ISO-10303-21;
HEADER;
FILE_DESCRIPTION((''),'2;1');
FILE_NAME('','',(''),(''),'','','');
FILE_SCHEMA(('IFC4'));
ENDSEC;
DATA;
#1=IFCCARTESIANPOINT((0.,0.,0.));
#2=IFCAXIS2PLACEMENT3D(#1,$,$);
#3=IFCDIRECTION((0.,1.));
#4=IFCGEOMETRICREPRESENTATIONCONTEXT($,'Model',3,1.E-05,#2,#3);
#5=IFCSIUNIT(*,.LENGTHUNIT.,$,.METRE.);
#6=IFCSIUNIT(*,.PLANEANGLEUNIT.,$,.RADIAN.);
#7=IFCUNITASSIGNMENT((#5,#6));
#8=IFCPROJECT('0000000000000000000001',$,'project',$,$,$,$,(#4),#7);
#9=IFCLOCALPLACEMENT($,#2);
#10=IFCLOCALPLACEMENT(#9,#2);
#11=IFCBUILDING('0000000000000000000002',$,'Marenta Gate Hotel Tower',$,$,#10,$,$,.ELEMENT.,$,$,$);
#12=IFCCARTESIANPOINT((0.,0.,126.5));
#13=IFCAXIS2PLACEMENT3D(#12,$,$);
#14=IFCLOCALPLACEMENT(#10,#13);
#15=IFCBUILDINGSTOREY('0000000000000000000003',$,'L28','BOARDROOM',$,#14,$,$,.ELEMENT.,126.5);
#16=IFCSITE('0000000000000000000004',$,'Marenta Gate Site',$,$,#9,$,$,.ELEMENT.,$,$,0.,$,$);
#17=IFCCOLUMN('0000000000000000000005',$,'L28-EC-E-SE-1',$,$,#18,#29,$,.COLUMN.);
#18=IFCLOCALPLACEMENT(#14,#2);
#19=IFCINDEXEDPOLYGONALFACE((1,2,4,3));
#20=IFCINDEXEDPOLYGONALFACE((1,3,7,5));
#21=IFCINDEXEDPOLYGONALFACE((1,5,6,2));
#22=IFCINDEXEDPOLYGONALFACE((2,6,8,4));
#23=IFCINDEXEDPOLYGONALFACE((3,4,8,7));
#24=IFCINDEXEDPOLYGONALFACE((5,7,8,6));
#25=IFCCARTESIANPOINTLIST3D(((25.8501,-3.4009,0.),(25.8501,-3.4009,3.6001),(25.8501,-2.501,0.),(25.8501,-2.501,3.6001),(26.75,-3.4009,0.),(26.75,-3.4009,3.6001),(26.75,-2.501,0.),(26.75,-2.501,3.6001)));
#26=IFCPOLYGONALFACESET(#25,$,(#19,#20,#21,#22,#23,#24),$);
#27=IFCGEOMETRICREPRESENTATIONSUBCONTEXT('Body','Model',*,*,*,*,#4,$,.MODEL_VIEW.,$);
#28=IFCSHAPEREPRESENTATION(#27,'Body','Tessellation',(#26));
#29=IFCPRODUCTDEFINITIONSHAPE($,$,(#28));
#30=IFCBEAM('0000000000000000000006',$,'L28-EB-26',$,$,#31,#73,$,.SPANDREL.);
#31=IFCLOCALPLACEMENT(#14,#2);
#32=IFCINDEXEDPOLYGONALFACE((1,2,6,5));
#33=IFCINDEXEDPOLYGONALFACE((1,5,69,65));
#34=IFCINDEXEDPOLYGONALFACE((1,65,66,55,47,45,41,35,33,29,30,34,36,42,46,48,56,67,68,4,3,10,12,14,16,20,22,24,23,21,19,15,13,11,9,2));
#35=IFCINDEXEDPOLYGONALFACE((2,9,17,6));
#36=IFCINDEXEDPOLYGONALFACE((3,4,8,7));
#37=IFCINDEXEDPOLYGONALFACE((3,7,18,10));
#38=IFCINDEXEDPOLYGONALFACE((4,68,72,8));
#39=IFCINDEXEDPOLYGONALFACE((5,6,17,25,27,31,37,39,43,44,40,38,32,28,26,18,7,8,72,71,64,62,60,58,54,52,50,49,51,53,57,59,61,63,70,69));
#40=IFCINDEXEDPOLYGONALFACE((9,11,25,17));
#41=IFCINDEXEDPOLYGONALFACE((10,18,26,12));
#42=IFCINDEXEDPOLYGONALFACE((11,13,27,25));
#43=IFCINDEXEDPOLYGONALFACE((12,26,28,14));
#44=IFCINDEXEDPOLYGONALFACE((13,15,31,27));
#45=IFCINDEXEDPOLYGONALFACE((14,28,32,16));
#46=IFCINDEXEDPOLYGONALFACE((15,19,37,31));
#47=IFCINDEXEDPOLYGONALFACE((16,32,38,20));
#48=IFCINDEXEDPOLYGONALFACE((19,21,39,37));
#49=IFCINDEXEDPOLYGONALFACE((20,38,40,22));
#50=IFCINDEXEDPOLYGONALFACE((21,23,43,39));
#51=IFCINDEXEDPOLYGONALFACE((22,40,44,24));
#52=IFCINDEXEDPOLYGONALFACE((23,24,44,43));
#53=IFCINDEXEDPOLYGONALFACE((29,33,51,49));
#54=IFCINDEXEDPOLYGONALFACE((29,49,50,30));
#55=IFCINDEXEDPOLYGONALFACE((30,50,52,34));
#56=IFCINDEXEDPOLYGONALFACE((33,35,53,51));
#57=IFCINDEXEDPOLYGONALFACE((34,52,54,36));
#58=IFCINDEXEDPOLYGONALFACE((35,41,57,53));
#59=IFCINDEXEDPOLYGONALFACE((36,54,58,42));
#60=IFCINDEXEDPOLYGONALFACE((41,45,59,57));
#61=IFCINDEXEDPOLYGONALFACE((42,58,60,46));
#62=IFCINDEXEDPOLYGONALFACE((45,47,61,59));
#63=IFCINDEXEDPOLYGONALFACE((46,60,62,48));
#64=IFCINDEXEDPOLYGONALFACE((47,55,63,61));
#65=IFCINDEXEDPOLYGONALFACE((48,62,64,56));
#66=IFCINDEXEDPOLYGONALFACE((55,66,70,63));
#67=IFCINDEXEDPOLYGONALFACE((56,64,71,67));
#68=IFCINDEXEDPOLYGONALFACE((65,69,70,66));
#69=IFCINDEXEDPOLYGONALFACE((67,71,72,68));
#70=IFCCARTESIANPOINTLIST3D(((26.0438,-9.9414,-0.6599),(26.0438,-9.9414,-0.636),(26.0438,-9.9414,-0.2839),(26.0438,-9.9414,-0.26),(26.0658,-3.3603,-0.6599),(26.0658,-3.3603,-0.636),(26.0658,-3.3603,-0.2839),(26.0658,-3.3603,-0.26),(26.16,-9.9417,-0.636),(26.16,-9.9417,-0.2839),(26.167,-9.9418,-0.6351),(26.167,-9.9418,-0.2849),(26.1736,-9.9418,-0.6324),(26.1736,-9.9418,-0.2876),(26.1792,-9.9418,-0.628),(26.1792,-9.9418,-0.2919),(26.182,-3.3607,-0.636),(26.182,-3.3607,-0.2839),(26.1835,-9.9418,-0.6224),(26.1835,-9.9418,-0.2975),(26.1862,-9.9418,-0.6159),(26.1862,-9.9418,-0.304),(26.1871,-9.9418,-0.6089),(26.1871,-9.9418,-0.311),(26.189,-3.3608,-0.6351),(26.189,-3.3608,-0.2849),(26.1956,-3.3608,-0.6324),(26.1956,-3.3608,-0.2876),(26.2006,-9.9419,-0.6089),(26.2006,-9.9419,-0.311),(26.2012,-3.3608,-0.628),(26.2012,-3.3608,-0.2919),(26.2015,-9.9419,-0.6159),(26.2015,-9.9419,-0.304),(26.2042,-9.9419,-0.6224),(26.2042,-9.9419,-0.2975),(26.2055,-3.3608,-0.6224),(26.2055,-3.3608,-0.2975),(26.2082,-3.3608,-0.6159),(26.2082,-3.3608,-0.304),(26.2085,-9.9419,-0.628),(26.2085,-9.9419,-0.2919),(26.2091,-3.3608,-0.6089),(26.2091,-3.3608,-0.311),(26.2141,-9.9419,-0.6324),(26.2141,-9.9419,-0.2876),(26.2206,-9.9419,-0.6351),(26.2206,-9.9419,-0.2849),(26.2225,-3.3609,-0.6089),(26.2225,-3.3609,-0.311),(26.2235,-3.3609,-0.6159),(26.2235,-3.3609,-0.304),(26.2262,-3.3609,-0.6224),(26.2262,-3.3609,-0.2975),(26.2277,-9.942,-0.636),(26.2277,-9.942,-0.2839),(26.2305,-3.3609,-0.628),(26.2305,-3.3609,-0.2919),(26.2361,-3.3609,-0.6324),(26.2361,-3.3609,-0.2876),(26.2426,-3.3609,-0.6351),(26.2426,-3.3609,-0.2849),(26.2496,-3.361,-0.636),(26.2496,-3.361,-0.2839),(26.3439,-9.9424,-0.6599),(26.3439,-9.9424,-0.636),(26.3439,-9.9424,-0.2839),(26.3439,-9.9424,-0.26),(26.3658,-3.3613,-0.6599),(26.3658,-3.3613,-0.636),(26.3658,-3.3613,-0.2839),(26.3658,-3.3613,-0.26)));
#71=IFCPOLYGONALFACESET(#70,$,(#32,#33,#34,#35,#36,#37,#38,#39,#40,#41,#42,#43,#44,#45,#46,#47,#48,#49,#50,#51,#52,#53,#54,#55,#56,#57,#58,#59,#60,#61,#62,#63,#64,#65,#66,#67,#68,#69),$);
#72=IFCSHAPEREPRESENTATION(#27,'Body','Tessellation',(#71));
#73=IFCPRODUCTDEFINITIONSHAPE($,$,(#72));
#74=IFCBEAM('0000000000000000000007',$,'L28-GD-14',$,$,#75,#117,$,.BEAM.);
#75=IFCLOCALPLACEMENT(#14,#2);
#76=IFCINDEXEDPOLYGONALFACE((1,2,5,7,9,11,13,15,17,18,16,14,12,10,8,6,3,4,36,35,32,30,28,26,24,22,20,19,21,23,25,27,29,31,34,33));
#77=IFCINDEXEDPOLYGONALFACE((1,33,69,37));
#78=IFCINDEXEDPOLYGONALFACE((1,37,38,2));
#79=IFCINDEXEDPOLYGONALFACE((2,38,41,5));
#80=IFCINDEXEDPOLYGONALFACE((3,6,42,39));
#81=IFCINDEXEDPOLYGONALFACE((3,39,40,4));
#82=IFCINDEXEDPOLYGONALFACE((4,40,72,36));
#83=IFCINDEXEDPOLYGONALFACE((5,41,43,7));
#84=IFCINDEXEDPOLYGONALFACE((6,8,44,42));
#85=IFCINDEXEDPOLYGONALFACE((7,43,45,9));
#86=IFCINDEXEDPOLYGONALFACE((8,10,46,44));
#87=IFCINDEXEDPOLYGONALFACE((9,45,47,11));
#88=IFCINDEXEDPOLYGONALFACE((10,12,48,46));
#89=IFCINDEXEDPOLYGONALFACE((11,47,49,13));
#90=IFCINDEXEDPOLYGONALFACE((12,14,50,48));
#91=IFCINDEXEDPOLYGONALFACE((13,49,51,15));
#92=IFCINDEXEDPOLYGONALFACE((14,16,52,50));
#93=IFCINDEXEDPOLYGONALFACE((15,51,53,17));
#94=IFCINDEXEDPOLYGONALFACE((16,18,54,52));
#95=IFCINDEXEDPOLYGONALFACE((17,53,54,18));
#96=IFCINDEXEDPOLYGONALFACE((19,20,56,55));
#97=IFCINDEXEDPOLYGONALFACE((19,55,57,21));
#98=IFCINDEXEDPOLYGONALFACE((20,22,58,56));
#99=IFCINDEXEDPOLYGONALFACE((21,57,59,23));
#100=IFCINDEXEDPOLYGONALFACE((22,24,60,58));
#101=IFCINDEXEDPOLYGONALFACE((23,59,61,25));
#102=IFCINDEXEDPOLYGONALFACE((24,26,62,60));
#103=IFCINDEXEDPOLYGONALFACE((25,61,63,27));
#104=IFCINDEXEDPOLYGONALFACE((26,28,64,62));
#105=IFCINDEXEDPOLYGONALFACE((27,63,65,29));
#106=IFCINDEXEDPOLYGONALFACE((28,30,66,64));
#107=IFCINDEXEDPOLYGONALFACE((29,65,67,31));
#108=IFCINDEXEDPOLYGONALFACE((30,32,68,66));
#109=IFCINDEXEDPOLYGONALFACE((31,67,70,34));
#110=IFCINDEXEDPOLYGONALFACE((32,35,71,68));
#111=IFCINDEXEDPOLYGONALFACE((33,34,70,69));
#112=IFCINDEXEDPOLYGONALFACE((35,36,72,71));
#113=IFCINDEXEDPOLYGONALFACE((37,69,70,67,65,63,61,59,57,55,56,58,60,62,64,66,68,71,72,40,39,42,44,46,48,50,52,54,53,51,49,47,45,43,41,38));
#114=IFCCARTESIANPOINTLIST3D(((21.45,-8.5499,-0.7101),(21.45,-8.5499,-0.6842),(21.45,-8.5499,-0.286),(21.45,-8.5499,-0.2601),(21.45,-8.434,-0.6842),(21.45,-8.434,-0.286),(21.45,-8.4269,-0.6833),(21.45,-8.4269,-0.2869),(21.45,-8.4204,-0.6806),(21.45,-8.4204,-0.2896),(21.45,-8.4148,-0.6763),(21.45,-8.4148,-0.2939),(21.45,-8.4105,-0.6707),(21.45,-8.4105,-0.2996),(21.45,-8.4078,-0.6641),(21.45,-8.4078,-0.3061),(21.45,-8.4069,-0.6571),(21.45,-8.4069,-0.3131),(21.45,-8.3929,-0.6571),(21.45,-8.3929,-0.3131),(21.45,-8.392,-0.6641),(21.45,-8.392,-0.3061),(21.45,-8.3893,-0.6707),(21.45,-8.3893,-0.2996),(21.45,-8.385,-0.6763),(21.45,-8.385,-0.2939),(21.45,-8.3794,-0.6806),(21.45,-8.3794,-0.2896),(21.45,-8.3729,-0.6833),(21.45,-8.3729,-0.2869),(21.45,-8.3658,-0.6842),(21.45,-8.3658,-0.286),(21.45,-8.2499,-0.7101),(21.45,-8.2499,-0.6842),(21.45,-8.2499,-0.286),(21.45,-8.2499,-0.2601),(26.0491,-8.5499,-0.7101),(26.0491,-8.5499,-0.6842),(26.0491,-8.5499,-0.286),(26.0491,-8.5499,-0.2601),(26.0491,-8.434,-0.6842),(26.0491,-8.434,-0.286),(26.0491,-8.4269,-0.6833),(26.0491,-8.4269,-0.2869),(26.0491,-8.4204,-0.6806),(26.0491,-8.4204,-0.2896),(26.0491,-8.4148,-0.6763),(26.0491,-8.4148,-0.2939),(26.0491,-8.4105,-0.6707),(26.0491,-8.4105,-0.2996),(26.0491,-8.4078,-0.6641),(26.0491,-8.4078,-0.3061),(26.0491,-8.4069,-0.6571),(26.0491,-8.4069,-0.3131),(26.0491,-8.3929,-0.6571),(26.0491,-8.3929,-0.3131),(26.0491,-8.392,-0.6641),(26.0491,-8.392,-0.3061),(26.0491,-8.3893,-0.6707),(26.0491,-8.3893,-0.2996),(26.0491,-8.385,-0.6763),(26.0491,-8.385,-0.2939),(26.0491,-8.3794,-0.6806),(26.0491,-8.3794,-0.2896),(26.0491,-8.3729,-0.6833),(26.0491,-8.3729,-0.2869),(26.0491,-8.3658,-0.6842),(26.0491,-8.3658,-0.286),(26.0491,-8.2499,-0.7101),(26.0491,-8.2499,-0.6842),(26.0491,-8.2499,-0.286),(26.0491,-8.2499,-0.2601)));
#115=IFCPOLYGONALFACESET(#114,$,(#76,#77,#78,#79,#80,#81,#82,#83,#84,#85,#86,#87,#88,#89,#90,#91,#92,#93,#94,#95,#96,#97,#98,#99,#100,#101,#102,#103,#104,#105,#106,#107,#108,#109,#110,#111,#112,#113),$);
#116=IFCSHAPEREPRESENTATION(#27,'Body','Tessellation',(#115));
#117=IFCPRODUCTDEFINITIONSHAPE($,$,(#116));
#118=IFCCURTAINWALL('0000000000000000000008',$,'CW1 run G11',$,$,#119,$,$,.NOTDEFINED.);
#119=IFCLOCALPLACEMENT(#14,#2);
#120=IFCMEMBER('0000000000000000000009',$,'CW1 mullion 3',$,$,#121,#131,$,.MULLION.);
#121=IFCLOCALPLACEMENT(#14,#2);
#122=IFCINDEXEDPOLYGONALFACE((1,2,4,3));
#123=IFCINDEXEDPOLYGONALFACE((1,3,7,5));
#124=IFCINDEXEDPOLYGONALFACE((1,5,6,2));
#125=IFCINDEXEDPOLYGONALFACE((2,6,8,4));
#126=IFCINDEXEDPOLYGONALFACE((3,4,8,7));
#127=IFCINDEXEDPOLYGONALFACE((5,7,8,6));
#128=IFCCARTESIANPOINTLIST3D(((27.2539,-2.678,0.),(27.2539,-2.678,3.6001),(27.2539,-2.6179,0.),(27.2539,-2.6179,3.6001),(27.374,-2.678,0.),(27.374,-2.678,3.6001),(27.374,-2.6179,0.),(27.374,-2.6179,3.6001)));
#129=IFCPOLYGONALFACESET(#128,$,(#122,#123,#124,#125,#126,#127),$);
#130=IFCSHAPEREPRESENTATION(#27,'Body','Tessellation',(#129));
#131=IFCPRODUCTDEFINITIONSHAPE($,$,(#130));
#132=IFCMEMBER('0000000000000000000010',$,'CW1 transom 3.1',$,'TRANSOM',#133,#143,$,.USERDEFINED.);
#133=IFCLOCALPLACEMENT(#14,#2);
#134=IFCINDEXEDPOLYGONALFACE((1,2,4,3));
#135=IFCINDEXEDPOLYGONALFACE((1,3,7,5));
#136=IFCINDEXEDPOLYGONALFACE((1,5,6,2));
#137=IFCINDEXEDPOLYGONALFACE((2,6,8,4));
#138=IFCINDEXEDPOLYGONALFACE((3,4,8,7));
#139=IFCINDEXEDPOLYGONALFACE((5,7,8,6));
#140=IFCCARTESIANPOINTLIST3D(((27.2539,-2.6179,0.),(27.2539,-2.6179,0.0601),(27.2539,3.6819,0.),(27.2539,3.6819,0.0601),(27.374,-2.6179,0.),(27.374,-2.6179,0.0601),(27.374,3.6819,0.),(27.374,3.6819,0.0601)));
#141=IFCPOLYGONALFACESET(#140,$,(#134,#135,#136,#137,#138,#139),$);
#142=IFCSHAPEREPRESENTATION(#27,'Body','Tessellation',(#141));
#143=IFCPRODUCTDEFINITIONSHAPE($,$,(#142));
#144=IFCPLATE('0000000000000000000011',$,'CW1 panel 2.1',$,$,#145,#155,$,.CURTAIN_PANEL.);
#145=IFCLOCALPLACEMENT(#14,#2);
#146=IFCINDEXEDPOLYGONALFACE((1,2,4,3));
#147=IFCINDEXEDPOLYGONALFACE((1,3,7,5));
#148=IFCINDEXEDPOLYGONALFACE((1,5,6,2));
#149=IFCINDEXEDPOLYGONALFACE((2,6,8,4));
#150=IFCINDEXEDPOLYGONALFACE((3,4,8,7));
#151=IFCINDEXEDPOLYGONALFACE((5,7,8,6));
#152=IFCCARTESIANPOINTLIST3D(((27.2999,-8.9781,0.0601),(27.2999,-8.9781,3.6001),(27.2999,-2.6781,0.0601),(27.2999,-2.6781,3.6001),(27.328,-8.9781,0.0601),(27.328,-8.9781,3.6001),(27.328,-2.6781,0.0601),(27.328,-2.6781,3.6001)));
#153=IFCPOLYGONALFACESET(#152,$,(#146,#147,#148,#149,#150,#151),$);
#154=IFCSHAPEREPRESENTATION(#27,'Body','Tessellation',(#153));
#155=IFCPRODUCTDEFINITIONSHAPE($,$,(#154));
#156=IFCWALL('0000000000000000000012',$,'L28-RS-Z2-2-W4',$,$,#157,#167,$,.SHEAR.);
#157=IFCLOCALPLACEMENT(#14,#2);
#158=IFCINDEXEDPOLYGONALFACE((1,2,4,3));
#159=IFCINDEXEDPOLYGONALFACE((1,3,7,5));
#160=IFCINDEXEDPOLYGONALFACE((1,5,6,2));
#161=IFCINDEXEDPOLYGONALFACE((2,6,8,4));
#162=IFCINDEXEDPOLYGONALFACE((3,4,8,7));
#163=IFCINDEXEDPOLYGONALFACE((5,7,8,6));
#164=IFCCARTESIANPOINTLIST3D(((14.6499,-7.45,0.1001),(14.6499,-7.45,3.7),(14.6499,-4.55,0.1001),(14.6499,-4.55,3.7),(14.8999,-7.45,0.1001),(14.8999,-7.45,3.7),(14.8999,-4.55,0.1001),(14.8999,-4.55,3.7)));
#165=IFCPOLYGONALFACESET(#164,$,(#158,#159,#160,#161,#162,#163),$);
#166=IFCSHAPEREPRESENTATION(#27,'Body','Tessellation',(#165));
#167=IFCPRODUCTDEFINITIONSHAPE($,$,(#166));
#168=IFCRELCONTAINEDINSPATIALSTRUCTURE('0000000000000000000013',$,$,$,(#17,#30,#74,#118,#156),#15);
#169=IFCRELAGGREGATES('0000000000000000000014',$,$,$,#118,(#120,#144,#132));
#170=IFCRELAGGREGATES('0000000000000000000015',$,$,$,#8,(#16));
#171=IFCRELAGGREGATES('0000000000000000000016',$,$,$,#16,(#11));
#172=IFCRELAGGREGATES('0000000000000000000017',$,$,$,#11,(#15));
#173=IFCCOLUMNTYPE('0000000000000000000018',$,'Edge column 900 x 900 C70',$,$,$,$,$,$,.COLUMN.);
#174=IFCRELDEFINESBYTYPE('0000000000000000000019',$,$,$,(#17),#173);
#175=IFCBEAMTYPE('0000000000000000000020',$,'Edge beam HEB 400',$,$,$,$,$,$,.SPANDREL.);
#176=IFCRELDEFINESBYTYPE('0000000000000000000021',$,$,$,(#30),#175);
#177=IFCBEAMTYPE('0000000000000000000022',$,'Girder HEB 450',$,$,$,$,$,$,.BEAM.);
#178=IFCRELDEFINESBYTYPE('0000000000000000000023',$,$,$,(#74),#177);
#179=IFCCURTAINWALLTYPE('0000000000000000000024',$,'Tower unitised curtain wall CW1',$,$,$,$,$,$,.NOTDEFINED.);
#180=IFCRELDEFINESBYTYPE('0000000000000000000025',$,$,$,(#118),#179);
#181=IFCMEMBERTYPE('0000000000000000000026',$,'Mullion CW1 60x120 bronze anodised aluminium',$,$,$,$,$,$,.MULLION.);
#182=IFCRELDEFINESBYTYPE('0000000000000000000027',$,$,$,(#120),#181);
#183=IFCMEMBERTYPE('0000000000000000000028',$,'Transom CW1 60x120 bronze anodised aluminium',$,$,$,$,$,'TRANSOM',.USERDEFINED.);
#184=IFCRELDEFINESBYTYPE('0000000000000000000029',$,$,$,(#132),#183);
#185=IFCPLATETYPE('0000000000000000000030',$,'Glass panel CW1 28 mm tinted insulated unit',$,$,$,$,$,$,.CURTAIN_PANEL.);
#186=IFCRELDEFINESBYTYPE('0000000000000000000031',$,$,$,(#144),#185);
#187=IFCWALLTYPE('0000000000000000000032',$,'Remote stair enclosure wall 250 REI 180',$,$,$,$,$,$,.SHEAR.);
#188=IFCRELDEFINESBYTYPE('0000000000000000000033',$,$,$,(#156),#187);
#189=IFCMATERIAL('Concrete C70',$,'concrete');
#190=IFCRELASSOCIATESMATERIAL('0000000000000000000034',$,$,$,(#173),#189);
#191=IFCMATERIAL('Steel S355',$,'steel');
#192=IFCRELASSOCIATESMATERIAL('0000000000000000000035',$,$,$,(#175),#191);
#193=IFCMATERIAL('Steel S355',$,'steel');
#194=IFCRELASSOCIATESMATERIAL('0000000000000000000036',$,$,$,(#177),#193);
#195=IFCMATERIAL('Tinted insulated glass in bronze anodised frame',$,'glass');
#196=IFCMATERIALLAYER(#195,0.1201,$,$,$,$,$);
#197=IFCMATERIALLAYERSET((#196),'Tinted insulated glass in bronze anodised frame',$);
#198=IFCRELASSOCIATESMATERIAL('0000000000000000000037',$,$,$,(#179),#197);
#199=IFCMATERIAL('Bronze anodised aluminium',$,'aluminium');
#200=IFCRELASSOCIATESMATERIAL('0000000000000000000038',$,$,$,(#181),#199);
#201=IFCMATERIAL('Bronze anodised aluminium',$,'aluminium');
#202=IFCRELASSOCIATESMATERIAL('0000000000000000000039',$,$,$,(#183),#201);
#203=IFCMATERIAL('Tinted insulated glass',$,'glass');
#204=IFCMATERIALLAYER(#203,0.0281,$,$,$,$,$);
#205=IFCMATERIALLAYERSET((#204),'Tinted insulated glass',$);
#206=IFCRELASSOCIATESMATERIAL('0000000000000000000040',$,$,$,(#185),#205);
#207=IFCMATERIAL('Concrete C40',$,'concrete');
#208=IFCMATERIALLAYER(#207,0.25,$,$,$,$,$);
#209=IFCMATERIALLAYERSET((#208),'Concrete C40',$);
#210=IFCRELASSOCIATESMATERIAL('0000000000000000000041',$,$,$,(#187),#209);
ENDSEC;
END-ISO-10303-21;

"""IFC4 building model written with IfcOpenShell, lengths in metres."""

from ifc_helpers import new_model, si_unit, direction, frame, frame_2d, origin, origin_2d, place, context, subcontext, project, spatial, rectangle, i_section, extrude, material, layer, layer_set, material_profile, profile_set, type_object, element, aggregate, save


model = new_model("IFC4")

# Units and contexts
model_context = context("Model", 3, precision=1e-05, world=origin(), true_north=direction((0.0, 1.0)))
body_context = subcontext(model_context, "Body", "Model", "MODEL_VIEW")
ifc_project = project(units=[si_unit("LENGTHUNIT", "METRE"), si_unit("PLANEANGLEUNIT", "RADIAN")], contexts=[model_context])

# Site, building, storey
site_placement = place(None, origin())
site = spatial("IfcSite", under=ifc_project, at=site_placement, Name="Marenta Gate Site", CompositionType="ELEMENT", RefElevation=0.0)
building_placement = place(site_placement, origin())
building = spatial("IfcBuilding", under=site, at=building_placement, Name="Marenta Gate Hotel Tower", CompositionType="ELEMENT")
storey_placement = place(building_placement, frame((0.0, 0.0, 126.5)))
storey = spatial("IfcBuildingStorey", under=building, at=storey_placement, Name="L28", Description="BOARDROOM", CompositionType="ELEMENT", Elevation=126.5)

# Column
ifc_material_1 = material(Name="Concrete C70", Category="concrete")
ifc_material_profile_1 = material_profile(ifc_material_1, rectangle(XDim=0.8999, YDim=0.8999, at=origin_2d()), Name="900 x 900")
ifc_profile_set_1 = profile_set([ifc_material_profile_1], Name="Concrete C70")
column_type = type_object("IfcColumnType", Name="Edge column 900 x 900 C70", PredefinedType="COLUMN", material=ifc_profile_set_1)
column_placement = place(storey_placement, frame((26.3, -2.9509, 0.0), z_axis=(0.0, 0.0, 1.0), x_axis=(1.0, 0.0, 0.0)))
element("IfcColumn", 1, at=column_placement, inside=storey, type_object=column_type, Name="L28-EC-E-SE-1", PredefinedType="COLUMN", context=body_context, shape_type="SweptSolid", body=[
    extrude(rectangle(XDim=0.8999, YDim=0.8999, at=origin_2d()), origin(), (0.0, 0.0, 1.0), 3.6001),
])

# Beams
ifc_material_2 = material(Name="Steel S355", Category="steel")
ifc_material_profile_2 = material_profile(ifc_material_2, i_section(OverallWidth=0.3, OverallDepth=0.3999, WebThickness=0.0134, FlangeThickness=0.0239, FilletRadius=0.0271, at=origin_2d()), Name="HEB 400")
ifc_profile_set_2 = profile_set([ifc_material_profile_2], Name="Steel S355")
beam_type_1 = type_object("IfcBeamType", Name="Edge beam HEB 400", PredefinedType="SPANDREL", material=ifc_profile_set_2)
beam_1_placement = place(storey_placement, frame((26.2158, -3.3608, -0.46), z_axis=(-0.003339, -0.999994, 0.0), x_axis=(0.999994, -0.003339, 0.0)))
element("IfcBeam", 2, at=beam_1_placement, inside=storey, type_object=beam_type_1, Name="L28-EB-26", PredefinedType="SPANDREL", context=body_context, shape_type="SweptSolid", body=[
    extrude(i_section(OverallWidth=0.3, OverallDepth=0.3999, WebThickness=0.0134, FlangeThickness=0.0239, FilletRadius=0.0271, at=origin_2d()), origin(), (0.0, 0.0, 1.0), 6.5811),
])
ifc_material_3 = material(Name="Steel S355", Category="steel")
ifc_material_profile_3 = material_profile(ifc_material_3, i_section(OverallWidth=0.3, OverallDepth=0.45, WebThickness=0.0139, FlangeThickness=0.0259, FilletRadius=0.0271, at=origin_2d()), Name="HEB 450")
ifc_profile_set_3 = profile_set([ifc_material_profile_3], Name="Steel S355")
beam_type_2 = type_object("IfcBeamType", Name="Girder HEB 450", PredefinedType="BEAM", material=ifc_profile_set_3)
beam_2_placement = place(storey_placement, frame((21.45, -8.3999, -0.4851), z_axis=(1.0, 0.0, 0.0), x_axis=(0.0, 1.0, 0.0)))
element("IfcBeam", 3, at=beam_2_placement, inside=storey, type_object=beam_type_2, Name="L28-GD-14", PredefinedType="BEAM", context=body_context, shape_type="SweptSolid", body=[
    extrude(i_section(OverallWidth=0.3, OverallDepth=0.45, WebThickness=0.0139, FlangeThickness=0.0259, FilletRadius=0.0271, at=origin_2d()), origin(), (0.0, 0.0, 1.0), 4.5991),
])

# Curtain wall, members, plate
ifc_material_4 = material(Name="Tinted insulated glass in bronze anodised frame", Category="glass")
ifc_layer_1 = layer(ifc_material_4, 0.1201)
ifc_layer_set_1 = layer_set([ifc_layer_1], Name="Tinted insulated glass in bronze anodised frame")
curtain_wall_type = type_object("IfcCurtainWallType", Name="Tower unitised curtain wall CW1", PredefinedType="NOTDEFINED", material=ifc_layer_set_1)
curtain_wall_placement = place(storey_placement, origin())
curtain_wall = element("IfcCurtainWall", 4, at=curtain_wall_placement, inside=storey, type_object=curtain_wall_type, Name="CW1 run G11", PredefinedType="NOTDEFINED")
ifc_material_5 = material(Name="Bronze anodised aluminium", Category="aluminium")
ifc_material_profile_4 = material_profile(ifc_material_5, rectangle(XDim=0.1201, YDim=0.0601, at=origin_2d()), Name="Mullion CW1 60x120 bronze anodised aluminium")
ifc_profile_set_4 = profile_set([ifc_material_profile_4], Name="Bronze anodised aluminium")
member_type_1 = type_object("IfcMemberType", Name="Mullion CW1 60x120 bronze anodised aluminium", PredefinedType="MULLION", material=ifc_profile_set_4)
member_1_placement = place(storey_placement, frame((27.314, -2.6479, 0.0), z_axis=(0.0, 0.0, 1.0), x_axis=(-1.0, 0.0, 0.0)))
member_1 = element("IfcMember", 5, at=member_1_placement, type_object=member_type_1, Name="CW1 mullion 3", PredefinedType="MULLION", context=body_context, shape_type="SweptSolid", body=[
    extrude(rectangle(XDim=0.1201, YDim=0.0601, at=origin_2d()), origin(), (0.0, 0.0, 1.0), 3.6001),
])
ifc_material_6 = material(Name="Bronze anodised aluminium", Category="aluminium")
ifc_material_profile_5 = material_profile(ifc_material_6, rectangle(XDim=0.1201, YDim=0.0601, at=origin_2d()), Name="Transom CW1 60x120 bronze anodised aluminium")
ifc_profile_set_5 = profile_set([ifc_material_profile_5], Name="Bronze anodised aluminium")
member_type_2 = type_object("IfcMemberType", Name="Transom CW1 60x120 bronze anodised aluminium", ElementType="TRANSOM", PredefinedType="USERDEFINED", material=ifc_profile_set_5)
member_2_placement = place(storey_placement, frame((27.314, -2.6179, 0.03), z_axis=(0.0, 1.0, 0.0), x_axis=(-1.0, 0.0, 0.0)))
member_2 = element("IfcMember", 6, at=member_2_placement, type_object=member_type_2, Name="CW1 transom 3.1", ObjectType="TRANSOM", PredefinedType="USERDEFINED", context=body_context, shape_type="SweptSolid", body=[
    extrude(rectangle(XDim=0.1201, YDim=0.0601, at=origin_2d()), origin(), (0.0, 0.0, 1.0), 6.2998),
])
ifc_material_7 = material(Name="Tinted insulated glass", Category="glass")
ifc_layer_2 = layer(ifc_material_7, 0.0281)
ifc_layer_set_2 = layer_set([ifc_layer_2], Name="Tinted insulated glass")
plate_type = type_object("IfcPlateType", Name="Glass panel CW1 28 mm tinted insulated unit", PredefinedType="CURTAIN_PANEL", material=ifc_layer_set_2)
plate_placement = place(storey_placement, frame((27.314, -5.8281, 0.0601), z_axis=(0.0, 0.0, 1.0), x_axis=(0.0, 1.0, 0.0)))
plate = element("IfcPlate", 7, at=plate_placement, type_object=plate_type, Name="CW1 panel 2.1", PredefinedType="CURTAIN_PANEL", context=body_context, shape_type="SweptSolid", body=[
    extrude(rectangle(XDim=6.3, YDim=0.0281, at=origin_2d()), origin(), (0.0, 0.0, 1.0), 3.54),
])
aggregate(curtain_wall, [member_1, plate, member_2])

# Wall
ifc_material_8 = material(Name="Concrete C40", Category="concrete")
ifc_layer_3 = layer(ifc_material_8, 0.25)
ifc_layer_set_3 = layer_set([ifc_layer_3], Name="Concrete C40")
wall_type_1 = type_object("IfcWallType", Name="Remote stair enclosure wall 250 REI 180", PredefinedType="SHEAR", material=ifc_layer_set_3)
wall_1_placement = place(storey_placement, frame((14.7749, -7.45, 0.1001), z_axis=(0.0, 0.0, 1.0), x_axis=(0.0, 1.0, 0.0)))
element("IfcWall", 8, at=wall_1_placement, inside=storey, type_object=wall_type_1, Name="L28-RS-Z2-2-W4", PredefinedType="SHEAR", context=body_context, shape_type="SweptSolid", body=[
    extrude(rectangle(XDim=2.8999, YDim=0.25, at=frame_2d((1.45, 0.0))), origin(), (0.0, 0.0, 1.0), 3.5999),
])

save(model, "model.ifc")
